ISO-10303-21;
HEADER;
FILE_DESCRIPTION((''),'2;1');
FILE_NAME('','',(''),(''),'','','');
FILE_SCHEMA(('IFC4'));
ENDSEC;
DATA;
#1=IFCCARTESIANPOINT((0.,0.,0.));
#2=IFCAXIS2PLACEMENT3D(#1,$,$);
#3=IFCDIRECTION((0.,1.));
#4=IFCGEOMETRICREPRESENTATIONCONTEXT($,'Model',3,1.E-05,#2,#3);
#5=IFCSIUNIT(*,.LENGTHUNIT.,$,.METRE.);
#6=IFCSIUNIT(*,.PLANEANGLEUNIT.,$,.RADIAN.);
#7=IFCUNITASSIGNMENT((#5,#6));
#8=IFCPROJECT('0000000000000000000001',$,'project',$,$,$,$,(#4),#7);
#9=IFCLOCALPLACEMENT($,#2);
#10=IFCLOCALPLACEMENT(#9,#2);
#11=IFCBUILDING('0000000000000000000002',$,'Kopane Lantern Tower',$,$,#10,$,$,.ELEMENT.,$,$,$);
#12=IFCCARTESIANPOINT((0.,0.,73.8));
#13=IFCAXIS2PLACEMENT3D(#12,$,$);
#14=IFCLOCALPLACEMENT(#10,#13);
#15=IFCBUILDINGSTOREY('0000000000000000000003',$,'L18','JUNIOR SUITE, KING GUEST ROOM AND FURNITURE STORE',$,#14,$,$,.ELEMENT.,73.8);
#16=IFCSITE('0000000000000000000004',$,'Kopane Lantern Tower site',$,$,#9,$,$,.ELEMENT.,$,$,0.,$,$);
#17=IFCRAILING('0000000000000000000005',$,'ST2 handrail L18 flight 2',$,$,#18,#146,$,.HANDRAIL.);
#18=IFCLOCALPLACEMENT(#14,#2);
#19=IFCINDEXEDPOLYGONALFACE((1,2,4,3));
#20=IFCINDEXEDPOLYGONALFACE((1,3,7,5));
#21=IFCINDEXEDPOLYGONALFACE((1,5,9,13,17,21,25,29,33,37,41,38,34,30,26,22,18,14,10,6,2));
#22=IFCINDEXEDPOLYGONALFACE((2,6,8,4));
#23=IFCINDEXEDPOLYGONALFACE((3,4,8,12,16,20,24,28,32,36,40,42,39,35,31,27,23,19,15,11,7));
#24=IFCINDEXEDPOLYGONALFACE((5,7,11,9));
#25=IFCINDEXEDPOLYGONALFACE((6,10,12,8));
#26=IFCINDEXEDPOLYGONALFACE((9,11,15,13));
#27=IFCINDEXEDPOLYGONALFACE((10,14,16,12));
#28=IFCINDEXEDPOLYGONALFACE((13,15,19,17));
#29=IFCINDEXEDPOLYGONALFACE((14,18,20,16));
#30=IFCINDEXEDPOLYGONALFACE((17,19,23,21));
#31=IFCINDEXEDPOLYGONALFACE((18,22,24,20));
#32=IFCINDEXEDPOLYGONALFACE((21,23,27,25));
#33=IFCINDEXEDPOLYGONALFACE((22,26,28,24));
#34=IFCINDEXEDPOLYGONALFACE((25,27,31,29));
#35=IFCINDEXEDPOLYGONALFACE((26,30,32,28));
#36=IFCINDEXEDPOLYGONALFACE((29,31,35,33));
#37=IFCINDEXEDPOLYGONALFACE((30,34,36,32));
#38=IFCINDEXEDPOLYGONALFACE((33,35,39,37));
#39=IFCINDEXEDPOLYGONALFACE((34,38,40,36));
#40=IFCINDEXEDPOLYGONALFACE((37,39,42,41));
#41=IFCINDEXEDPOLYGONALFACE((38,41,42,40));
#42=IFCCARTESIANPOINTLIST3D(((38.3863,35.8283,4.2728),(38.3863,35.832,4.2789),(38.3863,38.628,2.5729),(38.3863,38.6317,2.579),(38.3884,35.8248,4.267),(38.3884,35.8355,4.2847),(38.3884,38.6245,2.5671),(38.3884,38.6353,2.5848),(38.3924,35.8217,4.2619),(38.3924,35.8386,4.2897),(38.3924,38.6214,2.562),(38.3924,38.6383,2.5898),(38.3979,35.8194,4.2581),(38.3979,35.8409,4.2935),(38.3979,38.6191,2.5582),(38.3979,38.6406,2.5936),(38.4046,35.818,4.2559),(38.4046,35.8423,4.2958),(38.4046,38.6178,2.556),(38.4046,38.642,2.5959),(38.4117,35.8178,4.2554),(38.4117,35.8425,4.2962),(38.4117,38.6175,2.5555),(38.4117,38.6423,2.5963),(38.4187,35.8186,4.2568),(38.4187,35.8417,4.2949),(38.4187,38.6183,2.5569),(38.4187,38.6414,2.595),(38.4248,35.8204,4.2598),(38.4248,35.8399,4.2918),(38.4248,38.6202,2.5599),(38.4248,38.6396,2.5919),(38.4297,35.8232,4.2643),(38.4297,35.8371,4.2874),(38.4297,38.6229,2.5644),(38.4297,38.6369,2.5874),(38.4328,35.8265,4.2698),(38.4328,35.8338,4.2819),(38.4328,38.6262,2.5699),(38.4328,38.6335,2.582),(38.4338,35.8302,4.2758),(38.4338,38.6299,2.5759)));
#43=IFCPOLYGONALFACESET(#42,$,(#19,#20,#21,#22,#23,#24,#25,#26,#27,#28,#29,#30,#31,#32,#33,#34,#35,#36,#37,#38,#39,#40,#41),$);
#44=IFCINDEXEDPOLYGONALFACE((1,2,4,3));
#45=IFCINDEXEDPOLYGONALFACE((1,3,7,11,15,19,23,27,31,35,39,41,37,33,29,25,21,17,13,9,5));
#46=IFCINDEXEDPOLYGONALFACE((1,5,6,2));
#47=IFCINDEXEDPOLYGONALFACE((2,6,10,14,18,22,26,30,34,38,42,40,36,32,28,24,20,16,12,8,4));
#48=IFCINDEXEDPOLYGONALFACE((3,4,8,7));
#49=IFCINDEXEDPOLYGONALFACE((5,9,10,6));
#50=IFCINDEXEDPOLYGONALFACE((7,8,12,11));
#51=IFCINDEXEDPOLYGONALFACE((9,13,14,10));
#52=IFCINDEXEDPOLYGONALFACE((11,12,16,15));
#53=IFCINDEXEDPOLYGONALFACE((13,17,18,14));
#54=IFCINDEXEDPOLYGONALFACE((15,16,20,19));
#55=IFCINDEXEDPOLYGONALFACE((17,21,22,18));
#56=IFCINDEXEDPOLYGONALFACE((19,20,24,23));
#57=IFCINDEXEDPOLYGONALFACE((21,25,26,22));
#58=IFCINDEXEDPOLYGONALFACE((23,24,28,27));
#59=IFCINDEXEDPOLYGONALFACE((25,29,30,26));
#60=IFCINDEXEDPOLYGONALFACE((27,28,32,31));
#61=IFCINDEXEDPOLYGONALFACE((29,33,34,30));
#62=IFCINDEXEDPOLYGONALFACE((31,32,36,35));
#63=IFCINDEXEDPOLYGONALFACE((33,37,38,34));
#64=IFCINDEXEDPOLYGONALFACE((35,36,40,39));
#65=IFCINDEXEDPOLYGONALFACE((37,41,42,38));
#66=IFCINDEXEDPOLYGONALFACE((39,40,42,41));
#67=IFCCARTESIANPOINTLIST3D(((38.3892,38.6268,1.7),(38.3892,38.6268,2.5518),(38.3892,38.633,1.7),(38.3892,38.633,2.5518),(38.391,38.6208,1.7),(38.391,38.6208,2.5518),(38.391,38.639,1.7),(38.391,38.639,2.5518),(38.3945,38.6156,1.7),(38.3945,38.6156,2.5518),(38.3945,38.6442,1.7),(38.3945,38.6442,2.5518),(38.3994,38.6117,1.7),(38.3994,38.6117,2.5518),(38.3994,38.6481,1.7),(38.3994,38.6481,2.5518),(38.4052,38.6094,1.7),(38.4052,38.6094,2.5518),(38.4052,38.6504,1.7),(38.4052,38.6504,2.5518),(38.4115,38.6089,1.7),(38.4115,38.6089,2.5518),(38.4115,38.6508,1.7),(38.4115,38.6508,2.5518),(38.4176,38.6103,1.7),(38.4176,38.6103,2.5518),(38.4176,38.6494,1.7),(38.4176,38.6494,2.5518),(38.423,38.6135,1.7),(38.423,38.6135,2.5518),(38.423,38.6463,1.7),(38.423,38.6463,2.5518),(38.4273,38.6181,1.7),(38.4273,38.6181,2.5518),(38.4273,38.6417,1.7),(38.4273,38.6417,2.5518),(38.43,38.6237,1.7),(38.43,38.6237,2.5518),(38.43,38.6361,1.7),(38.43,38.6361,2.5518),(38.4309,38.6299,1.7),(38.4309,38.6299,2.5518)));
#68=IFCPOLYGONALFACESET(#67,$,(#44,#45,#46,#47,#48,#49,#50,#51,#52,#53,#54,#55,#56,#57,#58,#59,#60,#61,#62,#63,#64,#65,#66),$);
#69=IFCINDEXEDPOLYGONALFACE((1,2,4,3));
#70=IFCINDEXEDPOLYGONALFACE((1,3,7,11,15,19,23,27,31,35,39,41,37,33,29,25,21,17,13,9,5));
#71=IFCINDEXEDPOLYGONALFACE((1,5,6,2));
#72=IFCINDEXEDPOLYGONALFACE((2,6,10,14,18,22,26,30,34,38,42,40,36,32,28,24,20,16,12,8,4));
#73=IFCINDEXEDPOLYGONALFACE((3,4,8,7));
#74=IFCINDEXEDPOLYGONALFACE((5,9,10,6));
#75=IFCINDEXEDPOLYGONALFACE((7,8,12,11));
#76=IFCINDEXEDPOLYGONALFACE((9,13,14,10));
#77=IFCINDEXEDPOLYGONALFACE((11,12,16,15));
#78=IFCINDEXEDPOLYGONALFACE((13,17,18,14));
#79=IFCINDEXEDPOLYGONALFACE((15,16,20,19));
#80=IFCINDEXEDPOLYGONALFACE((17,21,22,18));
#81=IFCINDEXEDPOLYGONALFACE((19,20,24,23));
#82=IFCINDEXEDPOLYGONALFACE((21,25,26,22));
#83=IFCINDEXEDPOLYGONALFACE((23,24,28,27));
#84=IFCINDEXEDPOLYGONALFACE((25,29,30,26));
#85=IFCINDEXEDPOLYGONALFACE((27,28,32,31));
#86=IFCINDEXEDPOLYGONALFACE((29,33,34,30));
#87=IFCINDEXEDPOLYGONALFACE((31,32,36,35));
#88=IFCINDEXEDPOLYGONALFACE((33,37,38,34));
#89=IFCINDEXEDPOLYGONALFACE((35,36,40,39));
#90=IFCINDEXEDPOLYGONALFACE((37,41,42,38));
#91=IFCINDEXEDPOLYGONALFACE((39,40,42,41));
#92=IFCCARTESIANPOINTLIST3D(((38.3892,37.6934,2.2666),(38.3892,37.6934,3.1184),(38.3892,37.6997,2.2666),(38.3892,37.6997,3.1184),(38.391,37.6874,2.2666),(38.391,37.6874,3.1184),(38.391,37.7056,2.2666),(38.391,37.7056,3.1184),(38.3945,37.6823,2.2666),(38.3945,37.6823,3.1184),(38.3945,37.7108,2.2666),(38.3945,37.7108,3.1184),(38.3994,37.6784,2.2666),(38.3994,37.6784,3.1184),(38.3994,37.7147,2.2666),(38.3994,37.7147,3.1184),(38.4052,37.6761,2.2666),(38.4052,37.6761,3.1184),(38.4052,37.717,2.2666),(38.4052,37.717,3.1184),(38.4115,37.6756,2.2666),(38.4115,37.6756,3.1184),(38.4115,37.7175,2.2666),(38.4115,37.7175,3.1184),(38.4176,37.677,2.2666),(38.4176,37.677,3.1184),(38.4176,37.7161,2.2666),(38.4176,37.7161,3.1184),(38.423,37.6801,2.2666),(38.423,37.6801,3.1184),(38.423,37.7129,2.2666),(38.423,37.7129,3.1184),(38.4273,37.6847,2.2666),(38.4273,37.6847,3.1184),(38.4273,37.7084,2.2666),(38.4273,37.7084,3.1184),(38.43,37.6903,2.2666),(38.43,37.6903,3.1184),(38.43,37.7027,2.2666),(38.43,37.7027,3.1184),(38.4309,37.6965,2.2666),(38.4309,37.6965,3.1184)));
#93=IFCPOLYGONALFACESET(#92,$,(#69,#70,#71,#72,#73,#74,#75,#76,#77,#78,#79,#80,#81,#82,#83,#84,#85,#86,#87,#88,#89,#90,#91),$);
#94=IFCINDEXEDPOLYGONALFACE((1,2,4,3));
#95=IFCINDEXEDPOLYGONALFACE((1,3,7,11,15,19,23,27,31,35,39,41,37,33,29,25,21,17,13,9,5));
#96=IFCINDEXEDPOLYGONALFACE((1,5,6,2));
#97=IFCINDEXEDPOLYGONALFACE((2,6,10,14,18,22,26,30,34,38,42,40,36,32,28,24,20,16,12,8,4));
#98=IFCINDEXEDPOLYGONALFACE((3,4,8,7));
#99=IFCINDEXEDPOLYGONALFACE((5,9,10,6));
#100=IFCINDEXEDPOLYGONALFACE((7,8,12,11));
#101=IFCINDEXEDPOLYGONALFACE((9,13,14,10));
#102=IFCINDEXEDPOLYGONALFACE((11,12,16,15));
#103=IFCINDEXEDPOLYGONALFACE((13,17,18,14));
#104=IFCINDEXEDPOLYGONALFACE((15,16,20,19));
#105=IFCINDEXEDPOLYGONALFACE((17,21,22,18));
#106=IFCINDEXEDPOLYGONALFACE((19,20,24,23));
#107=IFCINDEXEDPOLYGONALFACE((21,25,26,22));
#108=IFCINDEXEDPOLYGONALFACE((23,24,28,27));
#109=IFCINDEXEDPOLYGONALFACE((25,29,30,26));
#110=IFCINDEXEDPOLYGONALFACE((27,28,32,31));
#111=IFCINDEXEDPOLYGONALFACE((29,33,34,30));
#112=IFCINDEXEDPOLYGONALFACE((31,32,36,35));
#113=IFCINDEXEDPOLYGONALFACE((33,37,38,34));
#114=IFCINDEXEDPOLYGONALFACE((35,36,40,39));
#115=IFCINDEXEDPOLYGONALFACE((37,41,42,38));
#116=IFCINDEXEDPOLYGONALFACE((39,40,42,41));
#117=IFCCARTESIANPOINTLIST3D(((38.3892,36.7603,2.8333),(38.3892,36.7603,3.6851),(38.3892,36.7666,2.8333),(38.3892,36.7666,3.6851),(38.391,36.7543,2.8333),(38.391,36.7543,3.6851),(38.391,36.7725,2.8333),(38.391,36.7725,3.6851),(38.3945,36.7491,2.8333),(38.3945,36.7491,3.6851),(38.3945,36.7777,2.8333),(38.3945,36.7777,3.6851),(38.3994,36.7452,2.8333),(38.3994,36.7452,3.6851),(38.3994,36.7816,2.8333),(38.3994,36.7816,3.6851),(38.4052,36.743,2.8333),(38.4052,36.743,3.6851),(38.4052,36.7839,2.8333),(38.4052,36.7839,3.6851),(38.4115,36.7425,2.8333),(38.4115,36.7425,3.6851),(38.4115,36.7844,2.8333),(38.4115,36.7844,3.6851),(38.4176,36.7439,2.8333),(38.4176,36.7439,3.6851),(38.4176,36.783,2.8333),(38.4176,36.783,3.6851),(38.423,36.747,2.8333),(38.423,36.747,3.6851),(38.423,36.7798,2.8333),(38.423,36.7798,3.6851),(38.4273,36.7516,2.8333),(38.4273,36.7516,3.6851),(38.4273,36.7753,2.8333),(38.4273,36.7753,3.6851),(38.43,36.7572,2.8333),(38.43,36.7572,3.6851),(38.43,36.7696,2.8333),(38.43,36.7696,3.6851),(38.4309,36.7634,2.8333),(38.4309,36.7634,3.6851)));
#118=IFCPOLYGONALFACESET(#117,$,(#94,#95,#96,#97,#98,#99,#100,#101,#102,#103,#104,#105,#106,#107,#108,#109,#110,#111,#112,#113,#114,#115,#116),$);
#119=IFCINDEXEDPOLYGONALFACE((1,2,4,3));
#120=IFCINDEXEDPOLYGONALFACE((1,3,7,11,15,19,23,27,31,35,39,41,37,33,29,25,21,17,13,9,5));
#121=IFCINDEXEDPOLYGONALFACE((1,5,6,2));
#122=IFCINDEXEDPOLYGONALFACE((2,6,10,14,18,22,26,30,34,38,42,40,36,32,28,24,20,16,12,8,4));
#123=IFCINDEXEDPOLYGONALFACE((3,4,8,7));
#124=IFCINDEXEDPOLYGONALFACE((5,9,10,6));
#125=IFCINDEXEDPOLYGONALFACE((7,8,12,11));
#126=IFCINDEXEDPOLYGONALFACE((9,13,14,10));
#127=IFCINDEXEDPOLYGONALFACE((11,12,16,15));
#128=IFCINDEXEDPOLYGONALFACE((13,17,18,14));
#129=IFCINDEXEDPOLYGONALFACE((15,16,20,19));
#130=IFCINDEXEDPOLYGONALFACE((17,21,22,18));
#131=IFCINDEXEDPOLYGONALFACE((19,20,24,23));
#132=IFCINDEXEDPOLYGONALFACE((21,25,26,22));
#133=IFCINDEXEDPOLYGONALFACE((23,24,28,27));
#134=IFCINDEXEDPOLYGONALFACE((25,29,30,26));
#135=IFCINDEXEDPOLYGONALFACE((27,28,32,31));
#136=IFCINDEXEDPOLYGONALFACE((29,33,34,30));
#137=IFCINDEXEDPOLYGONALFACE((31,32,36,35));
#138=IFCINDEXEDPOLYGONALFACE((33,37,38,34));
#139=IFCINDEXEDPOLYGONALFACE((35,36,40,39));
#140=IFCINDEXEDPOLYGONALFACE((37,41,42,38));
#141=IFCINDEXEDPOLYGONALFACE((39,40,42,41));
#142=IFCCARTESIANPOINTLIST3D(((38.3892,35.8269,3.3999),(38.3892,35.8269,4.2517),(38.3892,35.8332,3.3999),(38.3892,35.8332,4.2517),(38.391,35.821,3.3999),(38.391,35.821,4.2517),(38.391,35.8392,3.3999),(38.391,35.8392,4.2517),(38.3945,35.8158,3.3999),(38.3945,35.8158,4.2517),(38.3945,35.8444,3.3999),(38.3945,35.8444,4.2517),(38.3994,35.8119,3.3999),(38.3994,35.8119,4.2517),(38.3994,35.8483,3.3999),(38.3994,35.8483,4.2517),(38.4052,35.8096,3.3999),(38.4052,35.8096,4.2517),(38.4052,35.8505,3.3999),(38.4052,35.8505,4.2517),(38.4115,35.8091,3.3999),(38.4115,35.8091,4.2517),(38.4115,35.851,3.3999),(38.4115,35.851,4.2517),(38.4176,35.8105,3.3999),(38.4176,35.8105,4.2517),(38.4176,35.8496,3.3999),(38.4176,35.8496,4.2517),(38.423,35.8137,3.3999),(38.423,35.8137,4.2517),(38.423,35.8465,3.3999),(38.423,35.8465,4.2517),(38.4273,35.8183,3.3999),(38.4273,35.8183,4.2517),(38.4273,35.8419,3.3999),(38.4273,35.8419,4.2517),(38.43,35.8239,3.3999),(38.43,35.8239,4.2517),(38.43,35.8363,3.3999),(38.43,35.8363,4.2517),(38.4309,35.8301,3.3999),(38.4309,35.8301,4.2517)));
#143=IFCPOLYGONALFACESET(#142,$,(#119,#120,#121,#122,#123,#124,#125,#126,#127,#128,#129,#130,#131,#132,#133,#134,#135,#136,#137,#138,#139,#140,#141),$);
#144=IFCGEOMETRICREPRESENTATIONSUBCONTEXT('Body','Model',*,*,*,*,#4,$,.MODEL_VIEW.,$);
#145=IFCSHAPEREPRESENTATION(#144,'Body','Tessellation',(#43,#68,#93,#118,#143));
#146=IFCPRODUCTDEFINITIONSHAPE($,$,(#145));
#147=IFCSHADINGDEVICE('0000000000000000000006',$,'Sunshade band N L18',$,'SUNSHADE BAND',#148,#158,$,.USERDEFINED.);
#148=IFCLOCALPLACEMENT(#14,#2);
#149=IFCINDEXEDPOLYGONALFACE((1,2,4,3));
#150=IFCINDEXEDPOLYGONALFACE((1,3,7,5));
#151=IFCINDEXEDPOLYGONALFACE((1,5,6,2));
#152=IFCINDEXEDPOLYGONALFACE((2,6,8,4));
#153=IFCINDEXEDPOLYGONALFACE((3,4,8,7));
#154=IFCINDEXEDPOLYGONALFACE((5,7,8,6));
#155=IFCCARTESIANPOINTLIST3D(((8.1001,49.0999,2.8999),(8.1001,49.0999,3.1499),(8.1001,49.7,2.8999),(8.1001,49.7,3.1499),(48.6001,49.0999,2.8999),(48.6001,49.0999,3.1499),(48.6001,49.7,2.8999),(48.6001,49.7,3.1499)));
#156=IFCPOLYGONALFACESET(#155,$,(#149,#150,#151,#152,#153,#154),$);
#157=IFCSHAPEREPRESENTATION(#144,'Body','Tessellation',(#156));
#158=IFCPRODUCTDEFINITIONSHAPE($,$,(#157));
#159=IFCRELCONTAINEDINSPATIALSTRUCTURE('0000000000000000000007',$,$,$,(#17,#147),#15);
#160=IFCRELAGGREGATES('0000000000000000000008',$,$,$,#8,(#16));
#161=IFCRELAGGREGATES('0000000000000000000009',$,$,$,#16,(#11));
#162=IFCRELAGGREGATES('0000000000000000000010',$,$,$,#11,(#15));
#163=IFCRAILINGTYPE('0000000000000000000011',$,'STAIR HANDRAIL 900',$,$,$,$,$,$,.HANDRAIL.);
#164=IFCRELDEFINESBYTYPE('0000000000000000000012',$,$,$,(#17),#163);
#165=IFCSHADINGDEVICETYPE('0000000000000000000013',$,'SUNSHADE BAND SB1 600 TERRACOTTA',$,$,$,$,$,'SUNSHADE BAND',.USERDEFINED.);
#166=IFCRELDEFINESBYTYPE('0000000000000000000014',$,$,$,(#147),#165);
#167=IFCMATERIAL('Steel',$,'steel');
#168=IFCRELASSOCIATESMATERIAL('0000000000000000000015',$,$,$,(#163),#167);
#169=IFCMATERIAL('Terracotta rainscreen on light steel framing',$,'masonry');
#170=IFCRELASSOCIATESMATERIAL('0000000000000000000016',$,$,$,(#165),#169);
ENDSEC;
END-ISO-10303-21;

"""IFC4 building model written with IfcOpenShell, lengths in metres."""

from ifc_helpers import new_model, si_unit, direction, frame, origin, origin_2d, place, context, subcontext, project, spatial, rectangle, circle, extrude, material, type_object, element, save


model = new_model("IFC4")

# Units and contexts
model_context = context("Model", 3, precision=1e-05, world=origin(), true_north=direction((0.0, 1.0)))
body_context = subcontext(model_context, "Body", "Model", "MODEL_VIEW")
ifc_project = project(units=[si_unit("LENGTHUNIT", "METRE"), si_unit("PLANEANGLEUNIT", "RADIAN")], contexts=[model_context])

# Site, building, storey
site_placement = place(None, origin())
site = spatial("IfcSite", under=ifc_project, at=site_placement, Name="Kopane Lantern Tower site", CompositionType="ELEMENT", RefElevation=0.0)
building_placement = place(site_placement, origin())
building = spatial("IfcBuilding", under=site, at=building_placement, Name="Kopane Lantern Tower", CompositionType="ELEMENT")
storey_placement = place(building_placement, frame((0.0, 0.0, 73.8)))
storey = spatial("IfcBuildingStorey", under=building, at=storey_placement, Name="L18", Description="JUNIOR SUITE, KING GUEST ROOM AND FURNITURE STORE", CompositionType="ELEMENT", Elevation=73.8)

# Railing
ifc_material_1 = material(Name="Steel", Category="steel")
railing_type = type_object("IfcRailingType", Name="STAIR HANDRAIL 900", PredefinedType="HANDRAIL", material=ifc_material_1)
for number, where, name in (
    (1, (38.4099, 38.6299, 1.7), "ST2 handrail L18 flight 2"),
):
    element("IfcRailing", number, at=place(storey_placement, frame(where)), inside=storey, type_object=railing_type, Name=name, PredefinedType="HANDRAIL", context=body_context, shape_type="SweptSolid", body=[
        extrude(circle(Radius=0.0239, at=origin_2d()), frame((0.0, 0.0, 0.876), z_axis=(0.0, -0.854778, 0.518994), x_axis=(1.0, 0.0, 0.0)), (0.0, 0.0, 1.0), 3.2754),
        extrude(circle(Radius=0.021, at=origin_2d()), origin(), (0.0, 0.0, 1.0), 0.8518),
        extrude(circle(Radius=0.021, at=origin_2d()), frame((0.0, -0.9333, 0.5667)), (0.0, 0.0, 1.0), 0.8518),
        extrude(circle(Radius=0.021, at=origin_2d()), frame((0.0, -1.8665, 1.1333)), (0.0, 0.0, 1.0), 0.8518),
        extrude(circle(Radius=0.021, at=origin_2d()), frame((0.0, -2.7998, 1.7)), (0.0, 0.0, 1.0), 0.8518),
    ])

# Shading device
ifc_material_2 = material(Name="Terracotta rainscreen on light steel framing", Category="masonry")
shading_device_type = type_object("IfcShadingDeviceType", Name="SUNSHADE BAND SB1 600 TERRACOTTA", ElementType="SUNSHADE BAND", PredefinedType="USERDEFINED", material=ifc_material_2)
shading_device_placement = place(storey_placement, frame((28.3501, 49.3999, 2.8999), z_axis=(0.0, 0.0, 1.0), x_axis=(-1.0, 0.0, 0.0)))
element("IfcShadingDevice", 2, at=shading_device_placement, inside=storey, type_object=shading_device_type, Name="Sunshade band N L18", ObjectType="SUNSHADE BAND", PredefinedType="USERDEFINED", context=body_context, shape_type="SweptSolid", body=[
    extrude(rectangle(XDim=40.5, YDim=0.6001, at=origin_2d()), origin(), (0.0, 0.0, 1.0), 0.25),
])

save(model, "model.ifc")
